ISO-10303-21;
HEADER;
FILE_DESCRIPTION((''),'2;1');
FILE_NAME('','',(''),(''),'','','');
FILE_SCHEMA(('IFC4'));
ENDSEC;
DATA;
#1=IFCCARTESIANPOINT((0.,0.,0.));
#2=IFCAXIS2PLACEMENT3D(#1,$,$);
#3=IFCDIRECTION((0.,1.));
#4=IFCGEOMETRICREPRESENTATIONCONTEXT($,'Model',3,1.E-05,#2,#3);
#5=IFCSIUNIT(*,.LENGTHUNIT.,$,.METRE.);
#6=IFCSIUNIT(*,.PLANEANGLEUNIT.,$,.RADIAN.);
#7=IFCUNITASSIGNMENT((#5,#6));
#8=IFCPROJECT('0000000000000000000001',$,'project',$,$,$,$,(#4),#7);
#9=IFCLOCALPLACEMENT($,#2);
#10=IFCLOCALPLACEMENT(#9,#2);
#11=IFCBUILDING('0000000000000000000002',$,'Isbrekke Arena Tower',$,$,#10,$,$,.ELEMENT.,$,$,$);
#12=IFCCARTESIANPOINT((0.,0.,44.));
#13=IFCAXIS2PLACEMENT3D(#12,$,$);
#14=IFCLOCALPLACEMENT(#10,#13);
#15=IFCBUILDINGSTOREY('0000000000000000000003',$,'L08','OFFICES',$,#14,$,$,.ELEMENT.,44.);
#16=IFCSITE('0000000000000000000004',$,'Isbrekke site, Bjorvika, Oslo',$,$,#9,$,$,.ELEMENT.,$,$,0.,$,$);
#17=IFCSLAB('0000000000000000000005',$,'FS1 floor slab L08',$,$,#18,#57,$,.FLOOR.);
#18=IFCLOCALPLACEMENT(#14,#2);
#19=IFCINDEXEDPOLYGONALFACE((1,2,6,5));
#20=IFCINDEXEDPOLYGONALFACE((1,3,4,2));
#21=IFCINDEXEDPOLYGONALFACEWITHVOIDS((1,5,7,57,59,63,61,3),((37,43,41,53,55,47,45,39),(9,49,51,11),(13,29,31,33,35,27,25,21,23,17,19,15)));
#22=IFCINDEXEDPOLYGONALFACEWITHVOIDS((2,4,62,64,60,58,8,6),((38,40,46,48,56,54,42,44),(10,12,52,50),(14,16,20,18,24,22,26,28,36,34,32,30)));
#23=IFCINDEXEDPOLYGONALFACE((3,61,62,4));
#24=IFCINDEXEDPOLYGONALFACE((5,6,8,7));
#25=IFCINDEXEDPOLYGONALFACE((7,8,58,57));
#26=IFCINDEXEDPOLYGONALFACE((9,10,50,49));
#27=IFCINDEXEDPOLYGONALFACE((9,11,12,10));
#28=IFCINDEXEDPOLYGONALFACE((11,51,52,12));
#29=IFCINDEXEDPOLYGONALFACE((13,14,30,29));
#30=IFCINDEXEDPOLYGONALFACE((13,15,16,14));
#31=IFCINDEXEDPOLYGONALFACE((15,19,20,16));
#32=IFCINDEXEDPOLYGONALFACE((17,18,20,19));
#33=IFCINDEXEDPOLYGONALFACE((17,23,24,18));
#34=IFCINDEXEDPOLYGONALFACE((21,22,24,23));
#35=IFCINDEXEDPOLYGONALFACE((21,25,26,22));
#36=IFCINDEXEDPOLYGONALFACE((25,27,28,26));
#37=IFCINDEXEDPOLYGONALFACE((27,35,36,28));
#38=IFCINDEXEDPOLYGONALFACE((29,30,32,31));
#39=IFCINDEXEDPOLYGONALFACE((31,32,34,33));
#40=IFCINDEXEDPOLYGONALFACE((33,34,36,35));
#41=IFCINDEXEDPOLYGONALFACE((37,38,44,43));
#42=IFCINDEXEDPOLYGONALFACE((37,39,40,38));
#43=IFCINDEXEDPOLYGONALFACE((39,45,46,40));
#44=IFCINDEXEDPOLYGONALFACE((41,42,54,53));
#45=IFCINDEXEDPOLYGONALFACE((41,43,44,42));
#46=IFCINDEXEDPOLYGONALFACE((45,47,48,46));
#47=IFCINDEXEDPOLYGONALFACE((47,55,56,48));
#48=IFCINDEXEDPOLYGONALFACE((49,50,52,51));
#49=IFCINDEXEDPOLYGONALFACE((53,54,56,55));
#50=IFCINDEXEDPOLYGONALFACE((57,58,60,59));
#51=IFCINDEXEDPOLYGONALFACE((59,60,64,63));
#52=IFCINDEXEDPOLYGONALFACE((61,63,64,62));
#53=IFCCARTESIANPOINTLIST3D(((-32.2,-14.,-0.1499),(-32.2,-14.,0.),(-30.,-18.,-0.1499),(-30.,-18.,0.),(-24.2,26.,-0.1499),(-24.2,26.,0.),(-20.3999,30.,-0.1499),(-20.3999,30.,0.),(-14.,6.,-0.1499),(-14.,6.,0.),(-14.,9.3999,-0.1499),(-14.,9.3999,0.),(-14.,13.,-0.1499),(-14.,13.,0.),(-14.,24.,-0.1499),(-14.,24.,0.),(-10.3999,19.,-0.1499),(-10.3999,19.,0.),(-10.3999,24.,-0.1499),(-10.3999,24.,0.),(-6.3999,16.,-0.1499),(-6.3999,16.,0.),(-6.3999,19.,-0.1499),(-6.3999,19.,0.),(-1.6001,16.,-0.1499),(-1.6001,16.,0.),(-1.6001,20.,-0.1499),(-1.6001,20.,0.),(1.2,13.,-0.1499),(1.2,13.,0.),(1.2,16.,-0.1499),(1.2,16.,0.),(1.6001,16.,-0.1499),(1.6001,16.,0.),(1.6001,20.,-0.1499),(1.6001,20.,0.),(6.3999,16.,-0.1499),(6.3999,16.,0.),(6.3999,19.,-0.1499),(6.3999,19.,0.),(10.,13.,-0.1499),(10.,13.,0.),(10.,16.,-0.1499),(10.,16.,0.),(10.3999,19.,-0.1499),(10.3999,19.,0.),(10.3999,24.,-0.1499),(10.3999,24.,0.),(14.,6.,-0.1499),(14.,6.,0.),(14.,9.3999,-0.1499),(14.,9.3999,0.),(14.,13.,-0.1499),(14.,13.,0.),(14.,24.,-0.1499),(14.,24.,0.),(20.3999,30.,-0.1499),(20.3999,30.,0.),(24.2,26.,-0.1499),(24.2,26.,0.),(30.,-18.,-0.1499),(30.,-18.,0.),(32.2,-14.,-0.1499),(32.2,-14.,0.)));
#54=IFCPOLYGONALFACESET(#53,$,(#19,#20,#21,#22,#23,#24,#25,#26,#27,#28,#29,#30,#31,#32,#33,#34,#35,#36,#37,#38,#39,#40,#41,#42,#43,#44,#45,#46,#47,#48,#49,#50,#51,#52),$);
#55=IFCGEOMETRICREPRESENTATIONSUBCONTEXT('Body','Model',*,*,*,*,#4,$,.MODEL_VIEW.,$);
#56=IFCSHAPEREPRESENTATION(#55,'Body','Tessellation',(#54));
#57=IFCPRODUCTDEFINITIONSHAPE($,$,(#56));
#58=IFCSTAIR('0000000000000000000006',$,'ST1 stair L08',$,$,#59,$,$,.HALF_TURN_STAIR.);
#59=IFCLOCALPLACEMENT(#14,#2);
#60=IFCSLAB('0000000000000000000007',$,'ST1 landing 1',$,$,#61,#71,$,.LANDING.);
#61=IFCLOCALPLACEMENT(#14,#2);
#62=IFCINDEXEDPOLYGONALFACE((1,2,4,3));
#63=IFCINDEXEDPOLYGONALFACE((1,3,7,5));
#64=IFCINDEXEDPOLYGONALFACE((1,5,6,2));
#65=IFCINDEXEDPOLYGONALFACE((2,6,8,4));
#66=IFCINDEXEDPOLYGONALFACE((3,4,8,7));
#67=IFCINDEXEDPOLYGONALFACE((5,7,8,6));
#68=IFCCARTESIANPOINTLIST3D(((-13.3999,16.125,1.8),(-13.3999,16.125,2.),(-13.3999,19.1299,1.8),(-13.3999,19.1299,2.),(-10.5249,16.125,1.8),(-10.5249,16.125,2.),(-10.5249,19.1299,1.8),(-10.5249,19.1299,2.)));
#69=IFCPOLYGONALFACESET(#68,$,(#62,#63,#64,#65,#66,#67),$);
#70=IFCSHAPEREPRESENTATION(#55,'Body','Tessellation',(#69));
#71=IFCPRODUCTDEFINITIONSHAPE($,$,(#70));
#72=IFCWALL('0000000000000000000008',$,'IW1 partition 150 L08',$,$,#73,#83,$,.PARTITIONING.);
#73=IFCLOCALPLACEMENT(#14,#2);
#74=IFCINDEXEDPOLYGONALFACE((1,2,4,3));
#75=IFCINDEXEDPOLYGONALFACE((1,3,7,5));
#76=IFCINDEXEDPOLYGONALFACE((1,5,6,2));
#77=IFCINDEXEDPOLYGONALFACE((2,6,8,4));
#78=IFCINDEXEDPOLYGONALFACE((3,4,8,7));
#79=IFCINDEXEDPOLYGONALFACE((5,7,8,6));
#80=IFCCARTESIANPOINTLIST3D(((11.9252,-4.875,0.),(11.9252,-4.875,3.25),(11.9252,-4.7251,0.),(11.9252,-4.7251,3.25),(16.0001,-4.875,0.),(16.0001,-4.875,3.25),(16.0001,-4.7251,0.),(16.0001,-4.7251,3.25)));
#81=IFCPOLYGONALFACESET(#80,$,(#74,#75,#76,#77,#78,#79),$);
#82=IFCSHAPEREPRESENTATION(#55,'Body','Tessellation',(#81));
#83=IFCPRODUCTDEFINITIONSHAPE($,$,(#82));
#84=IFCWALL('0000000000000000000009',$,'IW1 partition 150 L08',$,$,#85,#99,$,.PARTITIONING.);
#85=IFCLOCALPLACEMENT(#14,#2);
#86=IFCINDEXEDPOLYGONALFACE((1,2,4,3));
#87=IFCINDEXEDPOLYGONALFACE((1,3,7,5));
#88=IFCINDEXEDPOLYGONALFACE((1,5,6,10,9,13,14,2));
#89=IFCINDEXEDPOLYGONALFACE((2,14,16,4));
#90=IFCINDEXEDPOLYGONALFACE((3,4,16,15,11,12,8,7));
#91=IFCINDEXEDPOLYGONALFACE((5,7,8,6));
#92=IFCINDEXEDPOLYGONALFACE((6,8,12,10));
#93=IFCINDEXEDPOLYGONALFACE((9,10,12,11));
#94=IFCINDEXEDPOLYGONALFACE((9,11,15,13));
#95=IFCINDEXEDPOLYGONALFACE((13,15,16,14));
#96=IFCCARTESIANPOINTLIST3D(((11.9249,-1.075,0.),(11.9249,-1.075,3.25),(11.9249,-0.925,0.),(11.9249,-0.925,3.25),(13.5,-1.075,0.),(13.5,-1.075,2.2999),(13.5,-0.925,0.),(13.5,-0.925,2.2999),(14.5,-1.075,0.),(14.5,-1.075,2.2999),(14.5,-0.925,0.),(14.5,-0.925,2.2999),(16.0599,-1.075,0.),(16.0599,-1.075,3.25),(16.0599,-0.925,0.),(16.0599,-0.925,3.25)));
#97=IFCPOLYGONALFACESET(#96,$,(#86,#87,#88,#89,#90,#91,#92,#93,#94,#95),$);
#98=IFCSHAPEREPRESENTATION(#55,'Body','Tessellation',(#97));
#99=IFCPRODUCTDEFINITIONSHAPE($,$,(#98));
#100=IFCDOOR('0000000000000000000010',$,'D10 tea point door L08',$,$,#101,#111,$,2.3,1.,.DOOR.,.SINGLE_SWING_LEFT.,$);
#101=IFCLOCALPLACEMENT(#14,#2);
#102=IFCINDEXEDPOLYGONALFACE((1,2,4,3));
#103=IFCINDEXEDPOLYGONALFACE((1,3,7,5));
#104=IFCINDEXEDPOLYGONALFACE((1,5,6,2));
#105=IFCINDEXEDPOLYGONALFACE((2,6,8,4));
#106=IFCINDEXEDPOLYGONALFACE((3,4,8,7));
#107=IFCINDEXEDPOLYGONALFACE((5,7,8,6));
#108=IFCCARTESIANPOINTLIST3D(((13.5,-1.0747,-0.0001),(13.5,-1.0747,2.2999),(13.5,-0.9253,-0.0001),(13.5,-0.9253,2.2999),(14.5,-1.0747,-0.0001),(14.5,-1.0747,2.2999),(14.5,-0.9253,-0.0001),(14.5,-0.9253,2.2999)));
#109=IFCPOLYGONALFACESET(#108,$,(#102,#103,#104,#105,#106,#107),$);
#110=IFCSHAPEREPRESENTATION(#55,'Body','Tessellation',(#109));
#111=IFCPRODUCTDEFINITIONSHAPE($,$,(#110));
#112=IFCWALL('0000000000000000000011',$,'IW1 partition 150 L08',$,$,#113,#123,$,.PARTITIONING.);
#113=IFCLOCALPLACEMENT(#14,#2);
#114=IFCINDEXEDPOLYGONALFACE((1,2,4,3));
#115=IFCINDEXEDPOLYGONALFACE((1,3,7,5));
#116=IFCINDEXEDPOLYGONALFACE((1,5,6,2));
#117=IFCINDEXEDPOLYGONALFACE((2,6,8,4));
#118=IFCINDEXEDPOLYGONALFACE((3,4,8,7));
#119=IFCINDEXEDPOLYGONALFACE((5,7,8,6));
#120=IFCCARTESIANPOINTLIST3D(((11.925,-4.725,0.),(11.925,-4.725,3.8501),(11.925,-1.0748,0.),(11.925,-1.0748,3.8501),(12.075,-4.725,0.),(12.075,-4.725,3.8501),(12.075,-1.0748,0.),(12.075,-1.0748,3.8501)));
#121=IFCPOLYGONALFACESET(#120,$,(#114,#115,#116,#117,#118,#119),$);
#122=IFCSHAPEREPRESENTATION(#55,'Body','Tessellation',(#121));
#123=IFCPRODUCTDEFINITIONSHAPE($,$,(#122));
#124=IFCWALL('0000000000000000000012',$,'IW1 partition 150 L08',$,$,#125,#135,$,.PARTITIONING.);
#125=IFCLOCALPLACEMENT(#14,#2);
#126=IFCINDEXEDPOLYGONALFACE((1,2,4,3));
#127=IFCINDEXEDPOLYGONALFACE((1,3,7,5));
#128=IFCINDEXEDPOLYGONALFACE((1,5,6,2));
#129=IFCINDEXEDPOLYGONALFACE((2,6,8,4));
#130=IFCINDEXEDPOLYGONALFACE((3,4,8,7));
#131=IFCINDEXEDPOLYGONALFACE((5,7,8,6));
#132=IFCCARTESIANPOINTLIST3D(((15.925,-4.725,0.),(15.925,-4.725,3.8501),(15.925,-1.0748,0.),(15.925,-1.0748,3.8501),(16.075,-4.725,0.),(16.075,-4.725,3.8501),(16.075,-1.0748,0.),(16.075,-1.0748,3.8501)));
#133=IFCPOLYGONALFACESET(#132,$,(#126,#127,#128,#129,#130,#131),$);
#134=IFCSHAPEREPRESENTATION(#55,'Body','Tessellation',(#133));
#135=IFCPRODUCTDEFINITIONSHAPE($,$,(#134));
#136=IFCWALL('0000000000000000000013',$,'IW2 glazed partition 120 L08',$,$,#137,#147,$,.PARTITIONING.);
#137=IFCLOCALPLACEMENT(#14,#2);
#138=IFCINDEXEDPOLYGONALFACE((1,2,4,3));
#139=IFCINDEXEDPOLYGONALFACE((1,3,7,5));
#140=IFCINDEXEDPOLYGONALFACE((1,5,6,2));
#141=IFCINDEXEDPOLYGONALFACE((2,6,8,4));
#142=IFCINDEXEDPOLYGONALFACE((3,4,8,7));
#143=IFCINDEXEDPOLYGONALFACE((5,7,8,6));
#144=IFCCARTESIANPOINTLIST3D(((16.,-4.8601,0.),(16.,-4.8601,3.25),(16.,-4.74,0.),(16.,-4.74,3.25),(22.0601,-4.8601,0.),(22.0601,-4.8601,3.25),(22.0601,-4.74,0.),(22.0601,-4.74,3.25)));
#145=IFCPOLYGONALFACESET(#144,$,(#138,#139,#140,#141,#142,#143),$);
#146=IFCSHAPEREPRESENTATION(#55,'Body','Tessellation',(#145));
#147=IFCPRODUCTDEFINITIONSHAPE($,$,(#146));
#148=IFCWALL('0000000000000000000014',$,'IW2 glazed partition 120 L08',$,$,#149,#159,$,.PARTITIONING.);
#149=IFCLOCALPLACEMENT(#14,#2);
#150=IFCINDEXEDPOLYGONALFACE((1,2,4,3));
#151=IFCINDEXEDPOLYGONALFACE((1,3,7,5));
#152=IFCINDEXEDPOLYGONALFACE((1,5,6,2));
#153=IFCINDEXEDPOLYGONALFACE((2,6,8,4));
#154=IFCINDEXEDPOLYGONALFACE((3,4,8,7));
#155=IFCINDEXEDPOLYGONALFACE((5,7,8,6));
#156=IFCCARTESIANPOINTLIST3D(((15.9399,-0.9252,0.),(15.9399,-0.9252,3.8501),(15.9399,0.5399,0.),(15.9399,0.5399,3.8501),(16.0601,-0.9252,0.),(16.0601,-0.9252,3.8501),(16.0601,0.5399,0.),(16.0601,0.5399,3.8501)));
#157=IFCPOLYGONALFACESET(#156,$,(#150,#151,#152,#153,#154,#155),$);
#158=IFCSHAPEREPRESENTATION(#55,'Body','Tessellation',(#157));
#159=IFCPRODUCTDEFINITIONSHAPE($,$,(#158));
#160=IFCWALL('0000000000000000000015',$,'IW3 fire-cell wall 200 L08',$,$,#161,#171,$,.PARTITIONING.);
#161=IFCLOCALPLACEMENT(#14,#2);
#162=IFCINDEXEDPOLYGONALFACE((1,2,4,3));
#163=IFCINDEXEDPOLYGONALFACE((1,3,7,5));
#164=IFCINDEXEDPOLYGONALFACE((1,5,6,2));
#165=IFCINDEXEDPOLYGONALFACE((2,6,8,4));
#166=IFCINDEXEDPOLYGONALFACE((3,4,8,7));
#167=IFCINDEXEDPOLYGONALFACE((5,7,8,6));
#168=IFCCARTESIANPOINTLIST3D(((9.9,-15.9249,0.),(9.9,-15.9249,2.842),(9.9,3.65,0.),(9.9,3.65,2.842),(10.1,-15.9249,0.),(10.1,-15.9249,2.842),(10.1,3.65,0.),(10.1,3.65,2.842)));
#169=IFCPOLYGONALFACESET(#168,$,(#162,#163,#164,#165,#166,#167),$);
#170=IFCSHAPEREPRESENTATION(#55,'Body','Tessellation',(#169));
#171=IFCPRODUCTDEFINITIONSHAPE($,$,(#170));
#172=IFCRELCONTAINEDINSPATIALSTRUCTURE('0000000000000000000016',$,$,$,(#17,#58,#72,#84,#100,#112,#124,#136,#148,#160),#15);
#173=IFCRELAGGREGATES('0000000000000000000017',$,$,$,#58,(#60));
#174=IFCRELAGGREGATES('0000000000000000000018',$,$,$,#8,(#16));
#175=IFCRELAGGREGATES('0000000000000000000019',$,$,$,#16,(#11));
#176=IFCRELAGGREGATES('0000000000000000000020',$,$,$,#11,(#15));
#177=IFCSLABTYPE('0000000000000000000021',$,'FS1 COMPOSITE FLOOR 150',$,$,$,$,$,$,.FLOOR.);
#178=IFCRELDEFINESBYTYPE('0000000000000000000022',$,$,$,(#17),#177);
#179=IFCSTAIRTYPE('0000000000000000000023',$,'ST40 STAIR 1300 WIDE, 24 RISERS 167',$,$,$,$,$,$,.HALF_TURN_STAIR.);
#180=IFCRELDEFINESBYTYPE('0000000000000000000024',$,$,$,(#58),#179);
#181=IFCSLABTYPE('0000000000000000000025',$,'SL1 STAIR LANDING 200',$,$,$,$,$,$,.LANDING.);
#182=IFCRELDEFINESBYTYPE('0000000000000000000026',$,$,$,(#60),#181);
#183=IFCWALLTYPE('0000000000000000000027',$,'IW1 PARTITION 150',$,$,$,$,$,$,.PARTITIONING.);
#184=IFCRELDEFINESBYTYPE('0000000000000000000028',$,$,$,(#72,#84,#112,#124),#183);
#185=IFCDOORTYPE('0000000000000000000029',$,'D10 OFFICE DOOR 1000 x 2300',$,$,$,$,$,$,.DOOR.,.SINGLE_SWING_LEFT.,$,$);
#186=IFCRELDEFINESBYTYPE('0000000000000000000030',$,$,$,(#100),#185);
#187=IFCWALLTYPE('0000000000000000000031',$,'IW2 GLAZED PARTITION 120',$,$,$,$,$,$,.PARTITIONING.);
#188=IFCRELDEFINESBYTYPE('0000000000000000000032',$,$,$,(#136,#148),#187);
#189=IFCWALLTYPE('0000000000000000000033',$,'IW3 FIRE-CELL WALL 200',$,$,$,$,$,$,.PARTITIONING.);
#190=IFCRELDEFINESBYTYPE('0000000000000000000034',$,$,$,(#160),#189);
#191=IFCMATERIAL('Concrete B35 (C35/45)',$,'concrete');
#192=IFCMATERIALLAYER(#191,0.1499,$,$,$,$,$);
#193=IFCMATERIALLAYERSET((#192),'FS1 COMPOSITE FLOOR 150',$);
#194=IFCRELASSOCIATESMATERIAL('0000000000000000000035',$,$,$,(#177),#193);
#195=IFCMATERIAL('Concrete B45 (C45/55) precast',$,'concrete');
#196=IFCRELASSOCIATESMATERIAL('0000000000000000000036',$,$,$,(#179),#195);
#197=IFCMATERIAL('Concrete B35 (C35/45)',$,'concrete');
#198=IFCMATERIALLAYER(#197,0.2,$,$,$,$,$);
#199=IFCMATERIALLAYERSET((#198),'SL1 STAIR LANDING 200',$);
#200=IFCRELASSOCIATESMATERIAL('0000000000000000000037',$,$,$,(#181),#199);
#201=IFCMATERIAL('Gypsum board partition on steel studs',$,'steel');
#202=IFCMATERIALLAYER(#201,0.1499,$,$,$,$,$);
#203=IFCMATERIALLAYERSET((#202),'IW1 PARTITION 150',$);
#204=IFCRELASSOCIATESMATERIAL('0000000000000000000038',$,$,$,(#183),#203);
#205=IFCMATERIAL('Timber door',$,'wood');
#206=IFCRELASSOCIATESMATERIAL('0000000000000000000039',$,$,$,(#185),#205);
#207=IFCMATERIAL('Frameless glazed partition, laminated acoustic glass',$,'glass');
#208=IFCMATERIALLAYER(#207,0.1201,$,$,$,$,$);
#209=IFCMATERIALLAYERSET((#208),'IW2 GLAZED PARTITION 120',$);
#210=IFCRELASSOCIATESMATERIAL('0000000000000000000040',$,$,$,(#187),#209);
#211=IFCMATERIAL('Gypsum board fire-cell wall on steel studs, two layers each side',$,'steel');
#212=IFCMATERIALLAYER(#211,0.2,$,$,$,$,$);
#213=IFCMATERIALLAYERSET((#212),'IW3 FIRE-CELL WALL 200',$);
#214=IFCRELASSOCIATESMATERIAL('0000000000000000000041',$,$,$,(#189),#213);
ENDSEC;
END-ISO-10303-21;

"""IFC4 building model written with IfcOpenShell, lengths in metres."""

from ifc_helpers import new_model, si_unit, direction, frame, frame_2d, origin, place, context, subcontext, project, spatial, polyline, rectangle, outline, extrude, material, layer, layer_set, type_object, element, fill, aggregate, save


model = new_model("IFC4")

# Units and contexts
model_context = context("Model", 3, precision=1e-05, world=origin(), true_north=direction((0.0, 1.0)))
body_context = subcontext(model_context, "Body", "Model", "MODEL_VIEW")
ifc_project = project(units=[si_unit("LENGTHUNIT", "METRE"), si_unit("PLANEANGLEUNIT", "RADIAN")], contexts=[model_context])

# Site, building, storey
site_placement = place(None, origin())
site = spatial("IfcSite", under=ifc_project, at=site_placement, Name="Isbrekke site, Bjorvika, Oslo", CompositionType="ELEMENT", RefElevation=0.0)
building_placement = place(site_placement, origin())
building = spatial("IfcBuilding", under=site, at=building_placement, Name="Isbrekke Arena Tower", CompositionType="ELEMENT")
storey_placement = place(building_placement, frame((0.0, 0.0, 44.0)))
storey = spatial("IfcBuildingStorey", under=building, at=storey_placement, Name="L08", Description="OFFICES", CompositionType="ELEMENT", Elevation=44.0)

# Slab
ifc_material_1 = material(Name="Concrete B35 (C35/45)", Category="concrete")
ifc_layer_1 = layer(ifc_material_1, 0.1499)
ifc_layer_set_1 = layer_set([ifc_layer_1], Name="FS1 COMPOSITE FLOOR 150")
slab_type_1 = type_object("IfcSlabType", Name="FS1 COMPOSITE FLOOR 150", PredefinedType="FLOOR", material=ifc_layer_set_1)
slab_1_placement = place(storey_placement, frame((0.0, 0.0, -0.1499)))
element("IfcSlab", 1, at=slab_1_placement, inside=storey, type_object=slab_type_1, Name="FS1 floor slab L08", PredefinedType="FLOOR", context=body_context, shape_type="SweptSolid", body=[
    extrude(outline(polyline([(-30.0, -18.0), (30.0, -18.0), (32.2, -14.0), (24.2, 26.0), (20.3999, 30.0), (-20.3999, 30.0), (-24.2, 26.0), (-32.2, -14.0), (-30.0, -18.0)]), holes=[polyline([(14.0, 9.3999), (14.0, 6.0), (-14.0, 6.0), (-14.0, 9.3999), (14.0, 9.3999)]), polyline([(-6.3999, 19.0), (-6.3999, 16.0), (-1.6001, 16.0), (-1.6001, 20.0), (1.6001, 20.0), (1.6001, 16.0), (1.2, 16.0), (1.2, 13.0), (-14.0, 13.0), (-14.0, 24.0), (-10.3999, 24.0), (-10.3999, 19.0), (-6.3999, 19.0)]), polyline([(10.0, 13.0), (10.0, 16.0), (6.3999, 16.0), (6.3999, 19.0), (10.3999, 19.0), (10.3999, 24.0), (14.0, 24.0), (14.0, 13.0), (10.0, 13.0)])]), origin(), (0.0, 0.0, 1.0), 0.1499),
])

# Stair, slab
ifc_material_2 = material(Name="Concrete B45 (C45/55) precast", Category="concrete")
stair_type = type_object("IfcStairType", Name="ST40 STAIR 1300 WIDE, 24 RISERS 167", PredefinedType="HALF_TURN_STAIR", material=ifc_material_2)
stair_placement = place(storey_placement, origin())
stair = element("IfcStair", 2, at=stair_placement, inside=storey, type_object=stair_type, Name="ST1 stair L08", PredefinedType="HALF_TURN_STAIR")
ifc_material_3 = material(Name="Concrete B35 (C35/45)", Category="concrete")
ifc_layer_2 = layer(ifc_material_3, 0.2)
ifc_layer_set_2 = layer_set([ifc_layer_2], Name="SL1 STAIR LANDING 200")
slab_type_2 = type_object("IfcSlabType", Name="SL1 STAIR LANDING 200", PredefinedType="LANDING", material=ifc_layer_set_2)
slab_2_placement = place(storey_placement, frame((0.0, 0.0, 1.8)))
slab_2 = element("IfcSlab", 3, at=slab_2_placement, type_object=slab_type_2, Name="ST1 landing 1", PredefinedType="LANDING", context=body_context, shape_type="SweptSolid", body=[
    extrude(outline(polyline([(-13.3999, 16.125), (-10.5249, 16.125), (-10.5249, 19.1299), (-13.3999, 19.1299), (-13.3999, 16.125)])), origin(), (0.0, 0.0, 1.0), 0.2),
])
aggregate(stair, [slab_2])

# Wall
ifc_material_4 = material(Name="Gypsum board partition on steel studs", Category="steel")
ifc_layer_3 = layer(ifc_material_4, 0.1499)
ifc_layer_set_3 = layer_set([ifc_layer_3], Name="IW1 PARTITION 150")
wall_type_1 = type_object("IfcWallType", Name="IW1 PARTITION 150", PredefinedType="PARTITIONING", material=ifc_layer_set_3)
wall_1_placement = place(storey_placement, frame((11.925, -4.8, 0.0), z_axis=(0.0, 0.0, 1.0), x_axis=(1.0, 0.0, 0.0)))
element("IfcWall", 4, at=wall_1_placement, inside=storey, type_object=wall_type_1, Name="IW1 partition 150 L08", PredefinedType="PARTITIONING", context=body_context, shape_type="SweptSolid", body=[
    extrude(rectangle(XDim=4.075, YDim=0.1499, at=frame_2d((2.0376, 0.0))), origin(), (0.0, 0.0, 1.0), 3.25),
])

# Wall, opening, door
wall_2_placement = place(storey_placement, frame((11.925, -1.0, 0.0), z_axis=(0.0, 0.0, 1.0), x_axis=(1.0, 0.0, 0.0)))
wall_2 = element("IfcWall", 5, at=wall_2_placement, inside=storey, type_object=wall_type_1, Name="IW1 partition 150 L08", PredefinedType="PARTITIONING", context=body_context, shape_type="SweptSolid", body=[
    extrude(rectangle(XDim=4.135, YDim=0.1499, at=frame_2d((2.0674, 0.0))), origin(), (0.0, 0.0, 1.0), 3.25),
])
opening_placement = place(wall_2_placement, frame((1.575, 0.0, 0.0)))
opening = element("IfcOpeningElement", 6, at=opening_placement, cuts=wall_2, PredefinedType="OPENING", context=body_context, shape_type="SweptSolid", body=[
    extrude(rectangle(XDim=1.0, YDim=2.3, at=frame_2d((0.5, 1.1499))), frame((0.0, 0.0898, 0.0), z_axis=(0.0, -1.0, 0.0), x_axis=(1.0, 0.0, 0.0)), (0.0, 0.0, 1.0), 0.1797),
])
ifc_material_5 = material(Name="Timber door", Category="wood")
door_type = type_object("IfcDoorType", Name="D10 OFFICE DOOR 1000 x 2300", OperationType="SINGLE_SWING_LEFT", PredefinedType="DOOR", material=ifc_material_5)
door_placement = place(opening_placement, origin())
door = element("IfcDoor", 7, at=door_placement, inside=storey, type_object=door_type, Name="D10 tea point door L08", OperationType="SINGLE_SWING_LEFT", OverallHeight=2.3, OverallWidth=1.0, PredefinedType="DOOR", context=body_context, shape_type="SweptSolid", body=[
    extrude(rectangle(XDim=1.0, YDim=2.3, at=frame_2d((0.5, 1.1499))), frame((0.0, 0.0747, 0.0), z_axis=(0.0, -1.0, 0.0), x_axis=(1.0, 0.0, 0.0)), (0.0, 0.0, 1.0), 0.1494),
])
fill(opening, door)

# Walls
for number, where, z_axis, x_axis, name in (
    (8, (12.0, -4.7251, 0.0), (0.0, 0.0, 1.0), (0.0, 1.0, 0.0), "IW1 partition 150 L08"),
    (9, (16.0, -4.7251, 0.0), (0.0, 0.0, 1.0), (0.0, 1.0, 0.0), "IW1 partition 150 L08"),
):
    element("IfcWall", number, at=place(storey_placement, frame(where, z_axis=z_axis, x_axis=x_axis)), inside=storey, type_object=wall_type_1, Name=name, PredefinedType="PARTITIONING", context=body_context, shape_type="SweptSolid", body=[
        extrude(rectangle(XDim=3.6501, YDim=0.1499, at=frame_2d((1.8252, 0.0))), origin(), (0.0, 0.0, 1.0), 3.8501),
    ])
ifc_material_6 = material(Name="Frameless glazed partition, laminated acoustic glass", Category="glass")
ifc_layer_4 = layer(ifc_material_6, 0.1201)
ifc_layer_set_4 = layer_set([ifc_layer_4], Name="IW2 GLAZED PARTITION 120")
wall_type_2 = type_object("IfcWallType", Name="IW2 GLAZED PARTITION 120", PredefinedType="PARTITIONING", material=ifc_layer_set_4)
wall_3_placement = place(storey_placement, frame((16.0, -4.8, 0.0), z_axis=(0.0, 0.0, 1.0), x_axis=(1.0, 0.0, 0.0)))
element("IfcWall", 10, at=wall_3_placement, inside=storey, type_object=wall_type_2, Name="IW2 glazed partition 120 L08", PredefinedType="PARTITIONING", context=body_context, shape_type="SweptSolid", body=[
    extrude(rectangle(XDim=6.0601, YDim=0.1201, at=frame_2d((3.03, 0.0))), origin(), (0.0, 0.0, 1.0), 3.25),
])
wall_4_placement = place(storey_placement, frame((16.0, -0.925, 0.0), z_axis=(0.0, 0.0, 1.0), x_axis=(0.0, 1.0, 0.0)))
element("IfcWall", 11, at=wall_4_placement, inside=storey, type_object=wall_type_2, Name="IW2 glazed partition 120 L08", PredefinedType="PARTITIONING", context=body_context, shape_type="SweptSolid", body=[
    extrude(rectangle(XDim=1.4651, YDim=0.1201, at=frame_2d((0.7324, 0.0))), origin(), (0.0, 0.0, 1.0), 3.8501),
])
ifc_material_7 = material(Name="Gypsum board fire-cell wall on steel studs, two layers each side", Category="steel")
ifc_layer_5 = layer(ifc_material_7, 0.2)
ifc_layer_set_5 = layer_set([ifc_layer_5], Name="IW3 FIRE-CELL WALL 200")
wall_type_3 = type_object("IfcWallType", Name="IW3 FIRE-CELL WALL 200", PredefinedType="PARTITIONING", material=ifc_layer_set_5)
wall_5_placement = place(storey_placement, frame((10.0, -15.925, 0.0), z_axis=(0.0, 0.0, 1.0), x_axis=(0.0, 1.0, 0.0)))
element("IfcWall", 12, at=wall_5_placement, inside=storey, type_object=wall_type_3, Name="IW3 fire-cell wall 200 L08", PredefinedType="PARTITIONING", context=body_context, shape_type="SweptSolid", body=[
    extrude(rectangle(XDim=19.575, YDim=0.2, at=frame_2d((9.7876, 0.0))), origin(), (0.0, 0.0, 1.0), 2.842),
])

save(model, "model.ifc")
